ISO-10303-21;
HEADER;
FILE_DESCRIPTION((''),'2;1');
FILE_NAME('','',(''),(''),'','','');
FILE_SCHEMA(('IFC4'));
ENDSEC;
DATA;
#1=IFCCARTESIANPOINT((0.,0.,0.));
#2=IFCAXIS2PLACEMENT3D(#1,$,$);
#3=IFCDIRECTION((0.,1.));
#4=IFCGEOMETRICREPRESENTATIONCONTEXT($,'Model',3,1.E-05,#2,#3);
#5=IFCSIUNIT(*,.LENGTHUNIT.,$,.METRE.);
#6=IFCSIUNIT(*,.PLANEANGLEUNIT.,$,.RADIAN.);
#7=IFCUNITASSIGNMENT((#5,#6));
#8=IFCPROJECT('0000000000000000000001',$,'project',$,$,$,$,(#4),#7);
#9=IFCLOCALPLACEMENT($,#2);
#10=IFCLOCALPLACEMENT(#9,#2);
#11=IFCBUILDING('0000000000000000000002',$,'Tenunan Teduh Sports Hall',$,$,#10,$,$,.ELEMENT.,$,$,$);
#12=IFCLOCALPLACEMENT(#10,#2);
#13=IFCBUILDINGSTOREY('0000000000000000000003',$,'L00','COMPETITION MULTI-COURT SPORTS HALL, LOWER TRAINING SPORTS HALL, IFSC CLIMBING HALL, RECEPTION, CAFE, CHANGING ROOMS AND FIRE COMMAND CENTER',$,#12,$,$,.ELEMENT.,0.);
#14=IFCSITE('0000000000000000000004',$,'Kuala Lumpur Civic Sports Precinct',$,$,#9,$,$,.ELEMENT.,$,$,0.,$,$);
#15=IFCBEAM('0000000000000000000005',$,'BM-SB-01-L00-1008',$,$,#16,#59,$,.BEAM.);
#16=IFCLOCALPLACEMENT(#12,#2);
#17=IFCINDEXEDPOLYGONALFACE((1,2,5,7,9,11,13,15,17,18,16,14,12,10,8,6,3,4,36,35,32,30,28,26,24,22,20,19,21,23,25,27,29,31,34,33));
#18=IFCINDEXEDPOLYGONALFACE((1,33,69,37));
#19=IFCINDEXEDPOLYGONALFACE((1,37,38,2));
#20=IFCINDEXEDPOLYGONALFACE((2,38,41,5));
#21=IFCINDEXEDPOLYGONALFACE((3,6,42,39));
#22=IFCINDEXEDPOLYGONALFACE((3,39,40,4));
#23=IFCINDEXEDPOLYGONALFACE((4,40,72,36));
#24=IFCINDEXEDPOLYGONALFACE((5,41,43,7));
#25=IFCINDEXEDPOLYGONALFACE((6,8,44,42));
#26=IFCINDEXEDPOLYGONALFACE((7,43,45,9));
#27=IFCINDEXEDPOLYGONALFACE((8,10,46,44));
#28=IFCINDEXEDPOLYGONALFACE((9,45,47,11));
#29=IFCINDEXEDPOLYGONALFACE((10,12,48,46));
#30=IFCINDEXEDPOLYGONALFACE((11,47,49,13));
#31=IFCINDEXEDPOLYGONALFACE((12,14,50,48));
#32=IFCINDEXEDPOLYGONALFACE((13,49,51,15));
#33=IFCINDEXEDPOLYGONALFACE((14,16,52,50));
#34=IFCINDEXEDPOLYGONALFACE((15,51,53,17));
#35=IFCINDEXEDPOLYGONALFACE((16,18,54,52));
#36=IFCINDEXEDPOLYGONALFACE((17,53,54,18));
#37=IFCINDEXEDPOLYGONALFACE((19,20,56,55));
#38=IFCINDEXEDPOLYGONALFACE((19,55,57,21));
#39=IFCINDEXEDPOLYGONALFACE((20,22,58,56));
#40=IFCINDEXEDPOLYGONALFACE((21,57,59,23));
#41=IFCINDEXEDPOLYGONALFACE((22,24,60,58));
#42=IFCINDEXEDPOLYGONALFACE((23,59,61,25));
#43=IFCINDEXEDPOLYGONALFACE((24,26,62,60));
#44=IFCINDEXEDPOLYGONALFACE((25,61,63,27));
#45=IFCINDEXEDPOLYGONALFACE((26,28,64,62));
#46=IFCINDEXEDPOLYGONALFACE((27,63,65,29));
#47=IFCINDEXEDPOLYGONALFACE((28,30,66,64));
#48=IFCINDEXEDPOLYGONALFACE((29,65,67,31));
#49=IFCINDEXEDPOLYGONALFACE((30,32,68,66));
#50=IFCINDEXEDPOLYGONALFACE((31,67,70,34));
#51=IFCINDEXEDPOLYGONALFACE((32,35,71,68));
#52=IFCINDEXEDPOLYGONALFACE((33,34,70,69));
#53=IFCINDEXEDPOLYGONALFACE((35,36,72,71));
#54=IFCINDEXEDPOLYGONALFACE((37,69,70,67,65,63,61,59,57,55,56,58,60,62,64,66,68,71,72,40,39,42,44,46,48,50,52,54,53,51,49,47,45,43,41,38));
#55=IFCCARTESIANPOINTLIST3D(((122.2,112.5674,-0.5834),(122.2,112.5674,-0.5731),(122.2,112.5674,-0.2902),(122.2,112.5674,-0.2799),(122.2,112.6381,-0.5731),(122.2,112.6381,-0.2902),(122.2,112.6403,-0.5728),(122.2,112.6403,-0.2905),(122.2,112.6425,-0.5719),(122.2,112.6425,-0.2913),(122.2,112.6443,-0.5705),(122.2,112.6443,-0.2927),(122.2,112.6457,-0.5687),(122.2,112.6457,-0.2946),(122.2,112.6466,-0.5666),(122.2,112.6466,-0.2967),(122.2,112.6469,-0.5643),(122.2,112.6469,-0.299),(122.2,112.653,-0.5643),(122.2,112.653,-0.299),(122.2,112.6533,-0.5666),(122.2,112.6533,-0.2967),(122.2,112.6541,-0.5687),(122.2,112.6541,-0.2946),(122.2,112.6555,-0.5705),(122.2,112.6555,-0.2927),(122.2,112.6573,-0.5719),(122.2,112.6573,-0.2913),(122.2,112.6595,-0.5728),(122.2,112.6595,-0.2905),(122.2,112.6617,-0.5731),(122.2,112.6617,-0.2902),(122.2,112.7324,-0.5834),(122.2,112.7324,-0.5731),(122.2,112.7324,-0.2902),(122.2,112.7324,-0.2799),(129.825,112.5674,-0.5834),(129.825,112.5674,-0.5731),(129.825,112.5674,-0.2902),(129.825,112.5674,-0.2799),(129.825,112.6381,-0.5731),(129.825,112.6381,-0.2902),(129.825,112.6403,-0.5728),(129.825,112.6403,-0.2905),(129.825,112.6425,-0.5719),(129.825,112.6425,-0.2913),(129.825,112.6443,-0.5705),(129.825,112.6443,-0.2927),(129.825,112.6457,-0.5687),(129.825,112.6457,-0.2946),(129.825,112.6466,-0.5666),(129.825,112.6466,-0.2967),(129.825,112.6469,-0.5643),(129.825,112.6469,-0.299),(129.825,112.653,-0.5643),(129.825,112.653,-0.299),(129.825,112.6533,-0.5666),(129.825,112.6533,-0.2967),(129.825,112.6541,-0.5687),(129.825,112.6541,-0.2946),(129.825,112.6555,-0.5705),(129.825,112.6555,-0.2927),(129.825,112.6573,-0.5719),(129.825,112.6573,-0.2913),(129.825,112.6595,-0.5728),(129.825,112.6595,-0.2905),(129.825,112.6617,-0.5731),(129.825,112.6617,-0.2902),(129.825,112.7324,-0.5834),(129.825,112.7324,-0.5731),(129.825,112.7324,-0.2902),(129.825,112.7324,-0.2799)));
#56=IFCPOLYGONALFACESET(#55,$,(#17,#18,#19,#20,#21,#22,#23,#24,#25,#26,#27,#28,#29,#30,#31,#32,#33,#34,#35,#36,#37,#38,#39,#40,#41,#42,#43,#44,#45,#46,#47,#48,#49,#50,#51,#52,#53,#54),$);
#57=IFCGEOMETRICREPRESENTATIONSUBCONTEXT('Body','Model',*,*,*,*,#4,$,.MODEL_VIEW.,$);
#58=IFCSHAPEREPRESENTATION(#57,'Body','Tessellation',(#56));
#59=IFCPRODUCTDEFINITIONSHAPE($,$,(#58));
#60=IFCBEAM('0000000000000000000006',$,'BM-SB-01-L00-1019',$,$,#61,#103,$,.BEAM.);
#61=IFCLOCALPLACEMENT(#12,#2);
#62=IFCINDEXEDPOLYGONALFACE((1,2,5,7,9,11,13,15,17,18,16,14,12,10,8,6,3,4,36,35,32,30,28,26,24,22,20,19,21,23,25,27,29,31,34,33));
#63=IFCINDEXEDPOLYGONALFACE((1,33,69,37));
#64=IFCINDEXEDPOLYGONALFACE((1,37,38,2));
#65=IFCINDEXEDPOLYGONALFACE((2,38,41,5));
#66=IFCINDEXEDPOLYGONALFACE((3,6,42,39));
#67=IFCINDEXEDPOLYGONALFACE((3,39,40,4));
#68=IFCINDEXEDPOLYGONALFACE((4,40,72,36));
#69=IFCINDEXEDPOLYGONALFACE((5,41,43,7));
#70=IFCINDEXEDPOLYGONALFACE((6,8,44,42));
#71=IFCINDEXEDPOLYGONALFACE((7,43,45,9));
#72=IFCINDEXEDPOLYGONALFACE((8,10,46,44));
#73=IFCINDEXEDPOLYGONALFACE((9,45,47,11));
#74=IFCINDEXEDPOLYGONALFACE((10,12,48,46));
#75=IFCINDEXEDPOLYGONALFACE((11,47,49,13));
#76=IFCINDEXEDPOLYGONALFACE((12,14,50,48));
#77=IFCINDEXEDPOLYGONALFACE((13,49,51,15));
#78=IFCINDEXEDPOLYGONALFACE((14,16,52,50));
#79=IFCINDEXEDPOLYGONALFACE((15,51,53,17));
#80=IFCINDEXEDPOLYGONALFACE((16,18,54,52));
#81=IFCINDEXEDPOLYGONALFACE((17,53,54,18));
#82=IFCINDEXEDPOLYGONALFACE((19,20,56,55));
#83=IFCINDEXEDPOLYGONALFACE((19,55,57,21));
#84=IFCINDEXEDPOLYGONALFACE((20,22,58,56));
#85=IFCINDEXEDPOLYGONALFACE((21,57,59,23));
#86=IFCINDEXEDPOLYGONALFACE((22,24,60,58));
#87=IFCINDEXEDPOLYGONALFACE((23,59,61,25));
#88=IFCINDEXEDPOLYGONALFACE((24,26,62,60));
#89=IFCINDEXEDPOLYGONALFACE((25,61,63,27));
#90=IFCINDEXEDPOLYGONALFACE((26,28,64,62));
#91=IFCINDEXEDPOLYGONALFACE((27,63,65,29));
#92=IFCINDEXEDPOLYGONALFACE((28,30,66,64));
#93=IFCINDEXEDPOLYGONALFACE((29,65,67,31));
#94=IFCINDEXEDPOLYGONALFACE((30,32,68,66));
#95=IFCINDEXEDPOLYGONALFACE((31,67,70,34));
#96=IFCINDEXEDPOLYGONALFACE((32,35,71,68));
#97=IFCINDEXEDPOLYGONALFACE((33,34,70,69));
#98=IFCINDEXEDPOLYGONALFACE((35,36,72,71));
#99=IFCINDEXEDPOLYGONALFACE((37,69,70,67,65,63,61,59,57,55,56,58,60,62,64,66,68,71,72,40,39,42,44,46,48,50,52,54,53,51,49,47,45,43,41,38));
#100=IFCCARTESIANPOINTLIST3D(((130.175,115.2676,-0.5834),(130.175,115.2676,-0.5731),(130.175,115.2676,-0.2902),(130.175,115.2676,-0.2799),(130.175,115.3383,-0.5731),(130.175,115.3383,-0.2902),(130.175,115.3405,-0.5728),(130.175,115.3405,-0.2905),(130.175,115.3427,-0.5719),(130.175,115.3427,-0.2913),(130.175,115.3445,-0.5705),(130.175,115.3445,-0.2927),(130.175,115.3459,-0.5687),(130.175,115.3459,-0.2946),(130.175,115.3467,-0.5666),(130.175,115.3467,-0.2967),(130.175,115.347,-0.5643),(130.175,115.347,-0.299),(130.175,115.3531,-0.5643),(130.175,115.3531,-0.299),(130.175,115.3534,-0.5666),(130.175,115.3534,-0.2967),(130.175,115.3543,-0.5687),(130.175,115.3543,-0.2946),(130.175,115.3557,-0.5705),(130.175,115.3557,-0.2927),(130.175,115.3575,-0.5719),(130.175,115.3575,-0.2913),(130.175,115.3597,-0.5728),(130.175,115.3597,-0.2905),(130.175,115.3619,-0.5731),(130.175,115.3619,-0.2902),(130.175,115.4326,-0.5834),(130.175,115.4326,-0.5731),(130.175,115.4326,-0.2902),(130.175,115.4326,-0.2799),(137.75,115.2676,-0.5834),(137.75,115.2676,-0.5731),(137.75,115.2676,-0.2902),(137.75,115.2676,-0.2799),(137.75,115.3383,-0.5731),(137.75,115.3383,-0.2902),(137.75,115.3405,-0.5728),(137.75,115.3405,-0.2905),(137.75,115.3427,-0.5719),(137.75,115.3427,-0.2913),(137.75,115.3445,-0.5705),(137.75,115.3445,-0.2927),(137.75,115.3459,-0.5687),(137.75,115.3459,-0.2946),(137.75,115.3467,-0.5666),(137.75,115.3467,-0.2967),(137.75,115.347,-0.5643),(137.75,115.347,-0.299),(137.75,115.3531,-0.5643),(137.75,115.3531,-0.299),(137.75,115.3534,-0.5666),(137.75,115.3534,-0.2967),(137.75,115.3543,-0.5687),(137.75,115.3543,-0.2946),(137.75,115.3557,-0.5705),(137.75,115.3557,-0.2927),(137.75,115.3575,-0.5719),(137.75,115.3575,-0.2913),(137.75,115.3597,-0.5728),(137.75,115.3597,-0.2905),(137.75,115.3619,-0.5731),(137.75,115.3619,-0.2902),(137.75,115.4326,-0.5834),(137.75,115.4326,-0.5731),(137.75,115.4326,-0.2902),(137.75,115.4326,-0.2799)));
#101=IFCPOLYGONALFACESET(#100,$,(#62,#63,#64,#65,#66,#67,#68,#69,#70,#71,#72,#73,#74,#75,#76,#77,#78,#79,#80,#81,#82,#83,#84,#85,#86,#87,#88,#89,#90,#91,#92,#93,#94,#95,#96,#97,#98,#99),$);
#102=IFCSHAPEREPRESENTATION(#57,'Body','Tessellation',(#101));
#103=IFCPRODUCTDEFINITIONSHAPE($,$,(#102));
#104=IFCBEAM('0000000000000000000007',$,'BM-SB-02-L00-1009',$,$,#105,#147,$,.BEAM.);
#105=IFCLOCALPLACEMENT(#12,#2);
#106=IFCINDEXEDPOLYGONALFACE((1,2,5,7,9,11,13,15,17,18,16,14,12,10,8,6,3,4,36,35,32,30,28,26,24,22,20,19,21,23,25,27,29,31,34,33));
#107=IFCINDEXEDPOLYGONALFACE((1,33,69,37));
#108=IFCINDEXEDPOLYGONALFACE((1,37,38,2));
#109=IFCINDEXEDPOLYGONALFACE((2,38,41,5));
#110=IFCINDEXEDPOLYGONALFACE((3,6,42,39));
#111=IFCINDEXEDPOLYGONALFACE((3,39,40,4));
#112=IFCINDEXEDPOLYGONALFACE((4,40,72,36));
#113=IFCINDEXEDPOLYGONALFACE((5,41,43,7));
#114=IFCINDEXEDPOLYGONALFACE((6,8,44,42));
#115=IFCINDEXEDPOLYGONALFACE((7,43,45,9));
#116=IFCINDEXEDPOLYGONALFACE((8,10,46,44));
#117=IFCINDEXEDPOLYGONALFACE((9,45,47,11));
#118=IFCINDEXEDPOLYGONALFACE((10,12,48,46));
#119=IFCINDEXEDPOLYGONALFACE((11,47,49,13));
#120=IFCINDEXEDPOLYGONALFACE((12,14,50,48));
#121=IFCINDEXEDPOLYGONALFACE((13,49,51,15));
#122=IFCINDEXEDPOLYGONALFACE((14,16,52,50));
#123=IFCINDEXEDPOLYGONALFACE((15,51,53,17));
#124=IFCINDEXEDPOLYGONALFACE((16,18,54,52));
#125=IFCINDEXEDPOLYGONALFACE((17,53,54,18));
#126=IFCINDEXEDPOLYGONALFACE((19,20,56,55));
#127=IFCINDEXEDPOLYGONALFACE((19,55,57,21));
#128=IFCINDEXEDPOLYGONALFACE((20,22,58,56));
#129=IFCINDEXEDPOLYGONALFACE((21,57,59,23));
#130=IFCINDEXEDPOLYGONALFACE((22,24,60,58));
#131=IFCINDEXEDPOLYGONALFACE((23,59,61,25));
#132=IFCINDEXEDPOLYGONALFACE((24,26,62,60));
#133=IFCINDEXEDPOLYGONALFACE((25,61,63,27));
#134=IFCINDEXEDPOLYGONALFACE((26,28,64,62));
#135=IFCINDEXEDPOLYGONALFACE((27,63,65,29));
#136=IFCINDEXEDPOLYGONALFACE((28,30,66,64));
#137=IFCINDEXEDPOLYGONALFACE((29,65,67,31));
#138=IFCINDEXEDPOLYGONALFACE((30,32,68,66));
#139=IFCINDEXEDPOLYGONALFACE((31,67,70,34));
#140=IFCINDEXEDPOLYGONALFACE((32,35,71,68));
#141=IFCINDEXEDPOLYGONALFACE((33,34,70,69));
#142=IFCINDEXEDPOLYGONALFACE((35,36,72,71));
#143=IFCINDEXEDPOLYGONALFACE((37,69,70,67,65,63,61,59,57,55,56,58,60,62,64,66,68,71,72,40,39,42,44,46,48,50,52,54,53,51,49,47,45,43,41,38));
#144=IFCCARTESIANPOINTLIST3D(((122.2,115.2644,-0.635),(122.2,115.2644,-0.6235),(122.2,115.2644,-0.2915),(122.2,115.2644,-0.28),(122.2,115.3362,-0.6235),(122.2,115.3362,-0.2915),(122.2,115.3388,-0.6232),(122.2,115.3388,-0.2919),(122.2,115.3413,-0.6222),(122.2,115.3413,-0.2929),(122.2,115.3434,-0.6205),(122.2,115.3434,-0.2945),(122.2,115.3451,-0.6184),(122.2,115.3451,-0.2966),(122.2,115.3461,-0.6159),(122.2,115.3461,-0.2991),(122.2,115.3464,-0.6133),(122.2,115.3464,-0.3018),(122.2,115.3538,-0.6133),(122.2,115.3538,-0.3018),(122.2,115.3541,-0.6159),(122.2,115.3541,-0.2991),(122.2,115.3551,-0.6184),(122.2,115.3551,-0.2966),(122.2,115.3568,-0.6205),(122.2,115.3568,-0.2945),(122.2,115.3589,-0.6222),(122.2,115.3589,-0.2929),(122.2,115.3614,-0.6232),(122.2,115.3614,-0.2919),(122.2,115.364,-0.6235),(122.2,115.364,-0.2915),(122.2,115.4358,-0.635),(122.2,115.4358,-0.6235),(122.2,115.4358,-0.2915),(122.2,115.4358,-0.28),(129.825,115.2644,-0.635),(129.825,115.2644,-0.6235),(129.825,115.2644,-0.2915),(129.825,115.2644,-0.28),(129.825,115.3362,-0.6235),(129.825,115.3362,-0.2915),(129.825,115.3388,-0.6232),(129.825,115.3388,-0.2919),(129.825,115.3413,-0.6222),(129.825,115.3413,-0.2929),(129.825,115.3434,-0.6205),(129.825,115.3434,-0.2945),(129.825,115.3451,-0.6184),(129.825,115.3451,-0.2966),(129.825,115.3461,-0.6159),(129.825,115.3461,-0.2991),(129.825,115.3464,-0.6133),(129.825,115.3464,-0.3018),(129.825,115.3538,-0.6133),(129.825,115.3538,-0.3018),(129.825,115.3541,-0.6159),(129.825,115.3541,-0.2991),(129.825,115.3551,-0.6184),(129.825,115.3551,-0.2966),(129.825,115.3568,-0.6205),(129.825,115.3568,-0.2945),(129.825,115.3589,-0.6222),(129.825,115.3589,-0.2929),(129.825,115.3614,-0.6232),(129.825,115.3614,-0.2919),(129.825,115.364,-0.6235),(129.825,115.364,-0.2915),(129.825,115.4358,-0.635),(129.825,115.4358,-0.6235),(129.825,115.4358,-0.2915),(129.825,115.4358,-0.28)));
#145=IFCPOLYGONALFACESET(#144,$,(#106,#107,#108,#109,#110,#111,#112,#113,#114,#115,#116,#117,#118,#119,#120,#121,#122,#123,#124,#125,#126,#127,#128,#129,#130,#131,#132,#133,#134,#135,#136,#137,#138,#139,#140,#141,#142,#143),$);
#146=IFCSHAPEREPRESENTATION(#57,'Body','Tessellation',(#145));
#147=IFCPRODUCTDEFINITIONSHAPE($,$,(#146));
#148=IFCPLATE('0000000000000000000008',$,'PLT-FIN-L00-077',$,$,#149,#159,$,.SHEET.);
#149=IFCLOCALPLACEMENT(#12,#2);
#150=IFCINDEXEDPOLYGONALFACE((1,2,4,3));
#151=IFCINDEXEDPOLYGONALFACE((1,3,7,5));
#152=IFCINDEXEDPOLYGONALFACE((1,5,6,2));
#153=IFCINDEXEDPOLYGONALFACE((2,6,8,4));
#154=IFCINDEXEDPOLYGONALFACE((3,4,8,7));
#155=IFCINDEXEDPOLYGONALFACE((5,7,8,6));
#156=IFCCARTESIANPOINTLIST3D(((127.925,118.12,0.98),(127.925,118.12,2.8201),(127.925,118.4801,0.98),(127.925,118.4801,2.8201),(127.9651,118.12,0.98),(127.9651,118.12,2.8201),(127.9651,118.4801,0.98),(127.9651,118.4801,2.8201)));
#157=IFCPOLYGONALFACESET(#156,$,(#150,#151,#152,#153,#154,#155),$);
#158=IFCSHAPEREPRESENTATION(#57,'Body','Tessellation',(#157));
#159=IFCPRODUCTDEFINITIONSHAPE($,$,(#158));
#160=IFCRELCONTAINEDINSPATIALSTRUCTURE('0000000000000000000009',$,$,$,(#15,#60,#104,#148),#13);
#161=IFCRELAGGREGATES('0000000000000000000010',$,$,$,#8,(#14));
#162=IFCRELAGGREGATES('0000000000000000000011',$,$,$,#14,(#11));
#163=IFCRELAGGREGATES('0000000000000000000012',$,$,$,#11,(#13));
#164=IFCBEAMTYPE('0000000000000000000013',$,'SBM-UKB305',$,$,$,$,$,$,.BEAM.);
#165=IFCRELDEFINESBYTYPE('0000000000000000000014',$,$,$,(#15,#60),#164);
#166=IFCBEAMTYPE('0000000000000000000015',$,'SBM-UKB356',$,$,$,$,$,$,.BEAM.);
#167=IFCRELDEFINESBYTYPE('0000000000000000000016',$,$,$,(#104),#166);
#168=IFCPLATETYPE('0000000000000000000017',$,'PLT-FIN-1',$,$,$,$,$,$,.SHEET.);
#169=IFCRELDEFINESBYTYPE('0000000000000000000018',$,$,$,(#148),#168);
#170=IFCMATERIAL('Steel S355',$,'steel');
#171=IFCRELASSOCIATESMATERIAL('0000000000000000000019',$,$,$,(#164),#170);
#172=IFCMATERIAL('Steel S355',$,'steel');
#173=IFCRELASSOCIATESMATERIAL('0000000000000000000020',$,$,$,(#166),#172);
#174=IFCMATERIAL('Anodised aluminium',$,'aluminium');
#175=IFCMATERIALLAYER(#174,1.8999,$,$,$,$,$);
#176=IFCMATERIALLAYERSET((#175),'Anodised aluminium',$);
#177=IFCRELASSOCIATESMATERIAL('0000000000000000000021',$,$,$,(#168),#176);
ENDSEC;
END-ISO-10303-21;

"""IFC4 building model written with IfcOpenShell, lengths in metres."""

from ifc_helpers import new_model, si_unit, direction, frame, origin, origin_2d, place, context, subcontext, project, spatial, rectangle, i_section, extrude, material, layer, layer_set, material_profile, profile_set, type_object, element, save


model = new_model("IFC4")

# Units and contexts
model_context = context("Model", 3, precision=1e-05, world=origin(), true_north=direction((0.0, 1.0)))
body_context = subcontext(model_context, "Body", "Model", "MODEL_VIEW")
ifc_project = project(units=[si_unit("LENGTHUNIT", "METRE"), si_unit("PLANEANGLEUNIT", "RADIAN")], contexts=[model_context])

# Site, building, storey
site_placement = place(None, origin())
site = spatial("IfcSite", under=ifc_project, at=site_placement, Name="Kuala Lumpur Civic Sports Precinct", CompositionType="ELEMENT", RefElevation=0.0)
building_placement = place(site_placement, origin())
building = spatial("IfcBuilding", under=site, at=building_placement, Name="Tenunan Teduh Sports Hall", CompositionType="ELEMENT")
storey_placement = place(building_placement, origin())
storey = spatial("IfcBuildingStorey", under=building, at=storey_placement, Name="L00", Description="COMPETITION MULTI-COURT SPORTS HALL, LOWER TRAINING SPORTS HALL, IFSC CLIMBING HALL, RECEPTION, CAFE, CHANGING ROOMS AND FIRE COMMAND CENTER", CompositionType="ELEMENT", Elevation=0.0)

# Beams
ifc_material_1 = material(Name="Steel S355", Category="steel")
ifc_material_profile_1 = material_profile(ifc_material_1, i_section(OverallWidth=0.165, OverallDepth=0.3035, WebThickness=0.0061, FlangeThickness=0.0103, FilletRadius=0.0088, at=origin_2d()), Name="UKB 305x165x40")
ifc_profile_set_1 = profile_set([ifc_material_profile_1], Name="Steel S355")
beam_type_1 = type_object("IfcBeamType", Name="SBM-UKB305", PredefinedType="BEAM", material=ifc_profile_set_1)
beam_1_placement = place(storey_placement, frame((122.2, 112.6499, -0.4316), z_axis=(1.0, 0.0, 0.0), x_axis=(0.0, 1.0, 0.0)))
element("IfcBeam", 1, at=beam_1_placement, inside=storey, type_object=beam_type_1, Name="BM-SB-01-L00-1008", PredefinedType="BEAM", context=body_context, shape_type="SweptSolid", body=[
    extrude(i_section(OverallWidth=0.165, OverallDepth=0.3035, WebThickness=0.0061, FlangeThickness=0.0103, FilletRadius=0.0088, at=origin_2d()), origin(), (0.0, 0.0, 1.0), 7.625),
])
beam_2_placement = place(storey_placement, frame((130.175, 115.3501, -0.4316), z_axis=(1.0, 0.0, 0.0), x_axis=(0.0, 1.0, 0.0)))
element("IfcBeam", 2, at=beam_2_placement, inside=storey, type_object=beam_type_1, Name="BM-SB-01-L00-1019", PredefinedType="BEAM", context=body_context, shape_type="SweptSolid", body=[
    extrude(i_section(OverallWidth=0.165, OverallDepth=0.3035, WebThickness=0.0061, FlangeThickness=0.0103, FilletRadius=0.0088, at=origin_2d()), origin(), (0.0, 0.0, 1.0), 7.575),
])
ifc_material_2 = material(Name="Steel S355", Category="steel")
ifc_material_profile_2 = material_profile(ifc_material_2, i_section(OverallWidth=0.1714, OverallDepth=0.355, WebThickness=0.0073, FlangeThickness=0.0115, FilletRadius=0.0103, at=origin_2d()), Name="UKB 356x171x51")
ifc_profile_set_2 = profile_set([ifc_material_profile_2], Name="Steel S355")
beam_type_2 = type_object("IfcBeamType", Name="SBM-UKB356", PredefinedType="BEAM", material=ifc_profile_set_2)
beam_3_placement = place(storey_placement, frame((122.2, 115.3501, -0.4575), z_axis=(1.0, 0.0, 0.0), x_axis=(0.0, 1.0, 0.0)))
element("IfcBeam", 3, at=beam_3_placement, inside=storey, type_object=beam_type_2, Name="BM-SB-02-L00-1009", PredefinedType="BEAM", context=body_context, shape_type="SweptSolid", body=[
    extrude(i_section(OverallWidth=0.1714, OverallDepth=0.355, WebThickness=0.0073, FlangeThickness=0.0115, FilletRadius=0.0103, at=origin_2d()), origin(), (0.0, 0.0, 1.0), 7.625),
])

# Plate
ifc_material_3 = material(Name="Anodised aluminium", Category="aluminium")
ifc_layer_1 = layer(ifc_material_3, 1.8999)
ifc_layer_set_1 = layer_set([ifc_layer_1], Name="Anodised aluminium")
plate_type = type_object("IfcPlateType", Name="PLT-FIN-1", PredefinedType="SHEET", material=ifc_layer_set_1)
plate_placement = place(storey_placement, frame((127.9451, 118.3, 0.98), z_axis=(0.0, 0.0, 1.0), x_axis=(1.0, 0.0, 0.0)))
element("IfcPlate", 4, at=plate_placement, inside=storey, type_object=plate_type, Name="PLT-FIN-L00-077", PredefinedType="SHEET", context=body_context, shape_type="SweptSolid", body=[
    extrude(rectangle(XDim=0.04, YDim=0.3601, at=origin_2d()), origin(), (0.0, 0.0, 1.0), 1.8401),
])

save(model, "model.ifc")
